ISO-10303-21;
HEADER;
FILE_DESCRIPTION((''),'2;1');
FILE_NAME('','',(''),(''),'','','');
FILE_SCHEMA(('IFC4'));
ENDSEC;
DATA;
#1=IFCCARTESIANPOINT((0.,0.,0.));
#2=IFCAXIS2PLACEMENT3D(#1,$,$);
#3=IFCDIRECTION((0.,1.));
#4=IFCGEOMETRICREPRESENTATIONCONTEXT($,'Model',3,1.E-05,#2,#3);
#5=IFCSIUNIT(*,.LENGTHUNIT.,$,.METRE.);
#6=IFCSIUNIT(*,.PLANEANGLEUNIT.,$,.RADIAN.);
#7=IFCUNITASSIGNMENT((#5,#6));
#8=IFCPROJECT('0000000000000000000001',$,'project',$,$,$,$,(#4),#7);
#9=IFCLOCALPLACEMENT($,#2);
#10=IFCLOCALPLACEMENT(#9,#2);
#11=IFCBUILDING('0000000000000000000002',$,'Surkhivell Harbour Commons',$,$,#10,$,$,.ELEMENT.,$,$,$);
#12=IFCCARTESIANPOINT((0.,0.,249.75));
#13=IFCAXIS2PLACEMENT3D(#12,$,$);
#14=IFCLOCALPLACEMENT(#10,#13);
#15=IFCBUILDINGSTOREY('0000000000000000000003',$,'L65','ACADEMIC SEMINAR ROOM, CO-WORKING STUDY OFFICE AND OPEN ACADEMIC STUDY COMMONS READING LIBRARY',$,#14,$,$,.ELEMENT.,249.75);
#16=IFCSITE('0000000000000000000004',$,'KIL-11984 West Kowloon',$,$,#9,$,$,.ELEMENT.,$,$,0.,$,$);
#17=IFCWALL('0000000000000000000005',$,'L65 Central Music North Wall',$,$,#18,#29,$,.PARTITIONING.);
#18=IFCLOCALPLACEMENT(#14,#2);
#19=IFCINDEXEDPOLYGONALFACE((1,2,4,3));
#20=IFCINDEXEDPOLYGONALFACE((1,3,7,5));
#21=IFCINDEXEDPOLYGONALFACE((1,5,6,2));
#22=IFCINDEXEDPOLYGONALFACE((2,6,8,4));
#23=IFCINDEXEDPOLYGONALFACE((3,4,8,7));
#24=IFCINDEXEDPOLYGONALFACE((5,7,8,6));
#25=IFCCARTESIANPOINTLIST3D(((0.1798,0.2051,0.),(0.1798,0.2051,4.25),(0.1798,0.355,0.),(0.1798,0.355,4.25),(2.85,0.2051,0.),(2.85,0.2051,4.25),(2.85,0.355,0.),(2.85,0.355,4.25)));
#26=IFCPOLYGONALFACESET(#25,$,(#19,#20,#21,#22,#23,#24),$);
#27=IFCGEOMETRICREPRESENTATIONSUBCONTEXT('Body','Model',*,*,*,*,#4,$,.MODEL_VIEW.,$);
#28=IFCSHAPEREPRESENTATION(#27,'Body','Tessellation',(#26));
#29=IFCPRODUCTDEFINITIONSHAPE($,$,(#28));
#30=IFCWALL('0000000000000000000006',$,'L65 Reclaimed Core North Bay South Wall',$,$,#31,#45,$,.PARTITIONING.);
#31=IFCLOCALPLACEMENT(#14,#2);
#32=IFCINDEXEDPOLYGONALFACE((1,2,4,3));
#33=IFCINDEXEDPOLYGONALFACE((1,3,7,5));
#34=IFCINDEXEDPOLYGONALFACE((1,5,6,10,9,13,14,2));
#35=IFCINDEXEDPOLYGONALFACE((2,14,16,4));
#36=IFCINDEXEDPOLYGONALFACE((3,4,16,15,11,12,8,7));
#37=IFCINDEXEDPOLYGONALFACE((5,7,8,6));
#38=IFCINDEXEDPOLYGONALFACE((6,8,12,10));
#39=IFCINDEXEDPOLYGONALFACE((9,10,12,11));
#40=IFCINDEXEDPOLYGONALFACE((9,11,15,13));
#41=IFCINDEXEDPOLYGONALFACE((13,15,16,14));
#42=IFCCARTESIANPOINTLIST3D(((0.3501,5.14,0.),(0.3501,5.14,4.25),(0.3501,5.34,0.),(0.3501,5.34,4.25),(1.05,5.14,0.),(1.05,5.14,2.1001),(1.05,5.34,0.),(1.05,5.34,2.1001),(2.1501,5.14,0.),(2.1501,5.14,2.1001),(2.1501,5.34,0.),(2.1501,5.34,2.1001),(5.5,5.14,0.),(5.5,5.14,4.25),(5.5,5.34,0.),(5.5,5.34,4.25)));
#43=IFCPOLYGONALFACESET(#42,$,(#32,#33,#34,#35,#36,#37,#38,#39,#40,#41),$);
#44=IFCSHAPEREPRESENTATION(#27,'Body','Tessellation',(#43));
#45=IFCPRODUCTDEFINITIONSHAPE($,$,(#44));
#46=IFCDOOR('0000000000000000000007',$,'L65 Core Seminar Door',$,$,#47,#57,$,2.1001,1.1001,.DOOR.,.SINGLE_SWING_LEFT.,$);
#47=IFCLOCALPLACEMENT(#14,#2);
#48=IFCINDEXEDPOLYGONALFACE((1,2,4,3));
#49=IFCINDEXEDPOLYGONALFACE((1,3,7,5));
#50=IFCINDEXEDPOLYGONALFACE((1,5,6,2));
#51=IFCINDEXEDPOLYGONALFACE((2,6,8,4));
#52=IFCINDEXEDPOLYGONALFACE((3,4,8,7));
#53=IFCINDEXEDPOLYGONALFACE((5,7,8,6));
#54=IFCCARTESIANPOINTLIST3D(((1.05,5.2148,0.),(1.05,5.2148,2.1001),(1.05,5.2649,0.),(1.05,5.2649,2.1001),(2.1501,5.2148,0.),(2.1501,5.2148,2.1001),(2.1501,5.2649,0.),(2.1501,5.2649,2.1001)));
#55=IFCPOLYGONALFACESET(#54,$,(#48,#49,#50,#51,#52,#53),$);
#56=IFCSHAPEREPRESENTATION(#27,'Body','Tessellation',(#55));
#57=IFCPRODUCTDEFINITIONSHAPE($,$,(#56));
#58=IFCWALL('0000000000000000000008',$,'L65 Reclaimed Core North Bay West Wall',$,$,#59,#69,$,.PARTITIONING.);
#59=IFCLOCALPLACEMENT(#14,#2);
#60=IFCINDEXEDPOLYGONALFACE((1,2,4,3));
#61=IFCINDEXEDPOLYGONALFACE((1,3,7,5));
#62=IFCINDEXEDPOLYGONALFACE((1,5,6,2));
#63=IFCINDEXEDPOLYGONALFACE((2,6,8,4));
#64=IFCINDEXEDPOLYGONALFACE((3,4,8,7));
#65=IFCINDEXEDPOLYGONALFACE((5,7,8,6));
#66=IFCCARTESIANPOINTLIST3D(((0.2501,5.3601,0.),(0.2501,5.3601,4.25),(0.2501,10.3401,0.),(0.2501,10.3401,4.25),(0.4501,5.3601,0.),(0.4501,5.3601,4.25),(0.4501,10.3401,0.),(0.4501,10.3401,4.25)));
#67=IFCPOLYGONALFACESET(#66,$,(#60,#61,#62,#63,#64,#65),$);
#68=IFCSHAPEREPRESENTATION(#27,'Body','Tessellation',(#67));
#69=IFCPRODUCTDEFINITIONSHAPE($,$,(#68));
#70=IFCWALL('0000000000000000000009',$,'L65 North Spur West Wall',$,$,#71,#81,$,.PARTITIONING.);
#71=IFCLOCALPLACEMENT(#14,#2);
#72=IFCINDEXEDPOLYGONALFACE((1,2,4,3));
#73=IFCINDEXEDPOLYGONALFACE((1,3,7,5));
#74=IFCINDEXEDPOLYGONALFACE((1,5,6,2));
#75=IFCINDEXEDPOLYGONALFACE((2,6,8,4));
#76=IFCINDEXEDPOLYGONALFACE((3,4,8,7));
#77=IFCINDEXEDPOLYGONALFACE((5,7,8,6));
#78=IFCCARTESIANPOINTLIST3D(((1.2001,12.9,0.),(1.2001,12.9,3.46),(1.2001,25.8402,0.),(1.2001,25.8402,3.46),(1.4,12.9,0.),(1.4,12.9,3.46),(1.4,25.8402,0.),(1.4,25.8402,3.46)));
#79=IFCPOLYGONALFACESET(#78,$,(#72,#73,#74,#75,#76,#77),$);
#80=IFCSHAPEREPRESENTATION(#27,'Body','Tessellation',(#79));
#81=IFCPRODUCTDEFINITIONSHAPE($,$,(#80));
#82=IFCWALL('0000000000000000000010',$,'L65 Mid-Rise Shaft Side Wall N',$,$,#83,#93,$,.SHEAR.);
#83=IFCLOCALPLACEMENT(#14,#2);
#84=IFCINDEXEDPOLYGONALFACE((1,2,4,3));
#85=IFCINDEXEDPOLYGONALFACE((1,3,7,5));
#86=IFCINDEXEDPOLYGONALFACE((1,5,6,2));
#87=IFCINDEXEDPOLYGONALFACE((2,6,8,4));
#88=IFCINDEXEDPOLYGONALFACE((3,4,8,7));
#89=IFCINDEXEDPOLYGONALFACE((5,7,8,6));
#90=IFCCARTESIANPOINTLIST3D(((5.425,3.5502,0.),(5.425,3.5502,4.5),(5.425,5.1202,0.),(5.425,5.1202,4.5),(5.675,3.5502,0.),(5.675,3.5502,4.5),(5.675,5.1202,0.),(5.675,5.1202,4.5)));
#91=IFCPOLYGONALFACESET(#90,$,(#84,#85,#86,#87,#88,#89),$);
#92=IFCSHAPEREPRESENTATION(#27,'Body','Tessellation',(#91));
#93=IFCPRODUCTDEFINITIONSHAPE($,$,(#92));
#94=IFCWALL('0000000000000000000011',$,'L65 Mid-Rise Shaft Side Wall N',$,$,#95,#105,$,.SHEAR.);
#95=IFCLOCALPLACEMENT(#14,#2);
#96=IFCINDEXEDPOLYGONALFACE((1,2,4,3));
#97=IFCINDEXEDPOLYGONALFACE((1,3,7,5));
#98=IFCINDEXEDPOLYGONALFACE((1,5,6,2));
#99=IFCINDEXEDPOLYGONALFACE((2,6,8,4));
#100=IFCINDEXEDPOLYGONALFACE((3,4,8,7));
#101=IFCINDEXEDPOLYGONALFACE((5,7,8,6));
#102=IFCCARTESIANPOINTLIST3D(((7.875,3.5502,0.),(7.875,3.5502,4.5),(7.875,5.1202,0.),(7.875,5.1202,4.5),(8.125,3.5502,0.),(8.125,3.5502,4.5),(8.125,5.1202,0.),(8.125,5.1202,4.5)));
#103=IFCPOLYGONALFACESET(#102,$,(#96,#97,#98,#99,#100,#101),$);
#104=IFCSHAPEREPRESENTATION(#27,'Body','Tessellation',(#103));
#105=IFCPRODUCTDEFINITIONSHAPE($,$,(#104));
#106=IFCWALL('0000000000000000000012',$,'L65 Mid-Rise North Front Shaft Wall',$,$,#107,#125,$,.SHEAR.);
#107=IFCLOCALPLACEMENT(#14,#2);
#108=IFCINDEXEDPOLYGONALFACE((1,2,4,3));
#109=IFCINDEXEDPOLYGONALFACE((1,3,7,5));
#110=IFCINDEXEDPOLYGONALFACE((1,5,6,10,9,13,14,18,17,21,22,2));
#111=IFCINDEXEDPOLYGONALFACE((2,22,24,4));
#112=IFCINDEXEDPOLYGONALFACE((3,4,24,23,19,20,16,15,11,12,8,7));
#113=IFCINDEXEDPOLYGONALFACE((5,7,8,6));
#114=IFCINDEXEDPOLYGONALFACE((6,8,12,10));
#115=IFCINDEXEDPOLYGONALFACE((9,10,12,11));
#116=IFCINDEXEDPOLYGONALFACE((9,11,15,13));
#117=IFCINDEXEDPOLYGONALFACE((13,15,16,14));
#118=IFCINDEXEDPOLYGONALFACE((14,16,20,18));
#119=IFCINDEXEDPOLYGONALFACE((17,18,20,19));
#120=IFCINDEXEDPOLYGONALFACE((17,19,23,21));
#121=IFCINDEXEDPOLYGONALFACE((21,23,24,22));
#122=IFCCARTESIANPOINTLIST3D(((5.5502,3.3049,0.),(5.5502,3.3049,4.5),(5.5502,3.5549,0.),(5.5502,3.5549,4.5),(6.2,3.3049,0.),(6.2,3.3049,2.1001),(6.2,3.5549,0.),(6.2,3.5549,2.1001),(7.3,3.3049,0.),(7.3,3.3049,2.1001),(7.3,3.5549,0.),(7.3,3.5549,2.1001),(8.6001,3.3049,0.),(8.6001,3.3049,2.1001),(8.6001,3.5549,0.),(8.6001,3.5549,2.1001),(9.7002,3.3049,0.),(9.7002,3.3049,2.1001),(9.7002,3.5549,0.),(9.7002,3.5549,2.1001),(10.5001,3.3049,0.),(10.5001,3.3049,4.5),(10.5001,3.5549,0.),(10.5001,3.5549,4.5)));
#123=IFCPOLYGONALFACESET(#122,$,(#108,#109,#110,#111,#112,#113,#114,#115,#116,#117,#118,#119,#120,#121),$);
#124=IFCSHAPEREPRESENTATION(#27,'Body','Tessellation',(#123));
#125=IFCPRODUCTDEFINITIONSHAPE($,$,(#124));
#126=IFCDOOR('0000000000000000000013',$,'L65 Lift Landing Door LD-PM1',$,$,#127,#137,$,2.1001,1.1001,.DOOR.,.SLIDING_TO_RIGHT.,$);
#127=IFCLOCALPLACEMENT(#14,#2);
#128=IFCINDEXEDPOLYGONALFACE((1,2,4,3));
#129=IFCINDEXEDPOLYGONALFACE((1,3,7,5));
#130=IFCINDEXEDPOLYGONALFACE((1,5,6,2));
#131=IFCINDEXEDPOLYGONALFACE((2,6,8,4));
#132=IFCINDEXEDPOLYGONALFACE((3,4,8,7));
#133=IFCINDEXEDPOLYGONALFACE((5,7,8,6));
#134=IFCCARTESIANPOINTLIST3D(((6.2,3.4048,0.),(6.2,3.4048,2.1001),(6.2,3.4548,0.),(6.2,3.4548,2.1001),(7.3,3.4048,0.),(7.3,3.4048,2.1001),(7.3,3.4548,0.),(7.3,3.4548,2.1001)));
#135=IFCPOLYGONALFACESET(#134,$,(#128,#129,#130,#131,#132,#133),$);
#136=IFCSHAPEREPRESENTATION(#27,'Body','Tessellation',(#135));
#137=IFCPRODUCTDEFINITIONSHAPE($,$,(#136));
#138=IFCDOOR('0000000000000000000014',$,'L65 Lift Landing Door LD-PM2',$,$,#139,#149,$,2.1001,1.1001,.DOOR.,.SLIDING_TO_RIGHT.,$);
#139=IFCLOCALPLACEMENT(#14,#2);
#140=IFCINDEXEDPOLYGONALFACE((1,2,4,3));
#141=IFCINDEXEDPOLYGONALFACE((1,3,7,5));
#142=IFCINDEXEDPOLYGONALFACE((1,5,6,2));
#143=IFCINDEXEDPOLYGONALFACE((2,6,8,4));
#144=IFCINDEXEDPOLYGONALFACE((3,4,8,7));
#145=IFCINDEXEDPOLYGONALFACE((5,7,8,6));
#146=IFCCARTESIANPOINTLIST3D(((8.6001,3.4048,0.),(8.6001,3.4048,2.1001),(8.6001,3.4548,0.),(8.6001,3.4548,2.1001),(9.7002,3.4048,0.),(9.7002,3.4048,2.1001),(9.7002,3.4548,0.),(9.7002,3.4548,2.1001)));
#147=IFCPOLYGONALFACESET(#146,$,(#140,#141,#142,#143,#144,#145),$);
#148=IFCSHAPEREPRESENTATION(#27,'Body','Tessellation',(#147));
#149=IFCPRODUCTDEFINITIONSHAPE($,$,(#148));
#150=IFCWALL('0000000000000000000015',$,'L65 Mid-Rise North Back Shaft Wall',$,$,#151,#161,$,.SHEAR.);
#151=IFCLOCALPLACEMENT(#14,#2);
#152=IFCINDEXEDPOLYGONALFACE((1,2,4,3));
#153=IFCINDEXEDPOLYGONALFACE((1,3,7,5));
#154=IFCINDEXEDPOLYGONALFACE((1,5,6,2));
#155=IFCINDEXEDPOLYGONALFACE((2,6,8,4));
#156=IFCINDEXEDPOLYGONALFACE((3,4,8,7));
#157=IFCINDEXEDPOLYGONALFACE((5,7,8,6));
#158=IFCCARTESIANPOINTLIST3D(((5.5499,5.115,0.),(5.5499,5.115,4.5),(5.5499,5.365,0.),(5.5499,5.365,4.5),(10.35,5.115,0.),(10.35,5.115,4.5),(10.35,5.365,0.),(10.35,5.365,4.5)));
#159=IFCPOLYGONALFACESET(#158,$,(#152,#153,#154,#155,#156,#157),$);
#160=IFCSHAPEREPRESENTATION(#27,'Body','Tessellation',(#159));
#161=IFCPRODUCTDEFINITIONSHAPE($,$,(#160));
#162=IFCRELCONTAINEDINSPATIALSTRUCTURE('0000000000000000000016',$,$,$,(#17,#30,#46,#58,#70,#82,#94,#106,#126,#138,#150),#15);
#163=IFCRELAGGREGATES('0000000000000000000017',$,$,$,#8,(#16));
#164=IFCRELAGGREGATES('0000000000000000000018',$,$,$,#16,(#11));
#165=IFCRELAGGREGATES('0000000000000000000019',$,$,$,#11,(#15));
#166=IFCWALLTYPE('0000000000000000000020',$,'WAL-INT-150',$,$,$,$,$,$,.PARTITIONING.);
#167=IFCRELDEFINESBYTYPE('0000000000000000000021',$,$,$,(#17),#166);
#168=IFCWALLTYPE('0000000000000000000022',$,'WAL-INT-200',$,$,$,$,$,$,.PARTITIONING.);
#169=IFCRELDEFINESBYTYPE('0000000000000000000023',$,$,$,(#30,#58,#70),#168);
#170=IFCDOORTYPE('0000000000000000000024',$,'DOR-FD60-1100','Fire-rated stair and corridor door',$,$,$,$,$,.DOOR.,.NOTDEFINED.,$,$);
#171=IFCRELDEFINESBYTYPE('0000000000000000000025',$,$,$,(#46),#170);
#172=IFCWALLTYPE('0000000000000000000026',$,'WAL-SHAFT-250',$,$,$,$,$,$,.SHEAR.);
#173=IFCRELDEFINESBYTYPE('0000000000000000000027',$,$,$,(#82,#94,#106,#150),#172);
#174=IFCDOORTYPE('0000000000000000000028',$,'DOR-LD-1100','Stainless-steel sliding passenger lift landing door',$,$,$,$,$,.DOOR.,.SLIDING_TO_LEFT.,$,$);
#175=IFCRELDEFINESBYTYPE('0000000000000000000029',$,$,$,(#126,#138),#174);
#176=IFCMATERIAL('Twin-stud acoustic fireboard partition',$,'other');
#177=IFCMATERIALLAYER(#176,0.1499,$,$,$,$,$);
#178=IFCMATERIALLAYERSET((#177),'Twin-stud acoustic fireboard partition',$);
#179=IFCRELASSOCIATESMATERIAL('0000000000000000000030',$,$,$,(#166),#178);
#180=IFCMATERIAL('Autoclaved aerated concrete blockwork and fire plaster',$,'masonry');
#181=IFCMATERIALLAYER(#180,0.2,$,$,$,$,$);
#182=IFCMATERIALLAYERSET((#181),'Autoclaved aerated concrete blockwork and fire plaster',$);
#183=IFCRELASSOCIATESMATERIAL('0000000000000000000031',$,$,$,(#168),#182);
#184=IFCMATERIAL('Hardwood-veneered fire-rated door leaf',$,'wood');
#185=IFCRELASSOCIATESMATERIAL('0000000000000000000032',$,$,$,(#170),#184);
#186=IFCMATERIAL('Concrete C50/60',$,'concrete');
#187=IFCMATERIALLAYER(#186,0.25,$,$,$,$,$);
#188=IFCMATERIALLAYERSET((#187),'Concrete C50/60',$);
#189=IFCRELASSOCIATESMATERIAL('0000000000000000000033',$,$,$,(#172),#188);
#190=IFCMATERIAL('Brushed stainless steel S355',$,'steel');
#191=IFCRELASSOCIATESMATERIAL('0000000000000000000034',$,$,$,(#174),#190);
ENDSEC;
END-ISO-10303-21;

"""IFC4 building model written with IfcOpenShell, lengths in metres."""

from ifc_helpers import new_model, si_unit, direction, frame, frame_2d, origin, place, context, subcontext, project, spatial, rectangle, extrude, material, layer, layer_set, type_object, element, fill, save


model = new_model("IFC4")

# Units and contexts
model_context = context("Model", 3, precision=1e-05, world=origin(), true_north=direction((0.0, 1.0)))
body_context = subcontext(model_context, "Body", "Model", "MODEL_VIEW")
ifc_project = project(units=[si_unit("LENGTHUNIT", "METRE"), si_unit("PLANEANGLEUNIT", "RADIAN")], contexts=[model_context])

# Site, building, storey
site_placement = place(None, origin())
site = spatial("IfcSite", under=ifc_project, at=site_placement, Name="KIL-11984 West Kowloon", CompositionType="ELEMENT", RefElevation=0.0)
building_placement = place(site_placement, origin())
building = spatial("IfcBuilding", under=site, at=building_placement, Name="Surkhivell Harbour Commons", CompositionType="ELEMENT")
storey_placement = place(building_placement, frame((0.0, 0.0, 249.75)))
storey = spatial("IfcBuildingStorey", under=building, at=storey_placement, Name="L65", Description="ACADEMIC SEMINAR ROOM, CO-WORKING STUDY OFFICE AND OPEN ACADEMIC STUDY COMMONS READING LIBRARY", CompositionType="ELEMENT", Elevation=249.75)

# Shared definitions
ifc_material_1 = material(Name="Twin-stud acoustic fireboard partition", Category="other")
ifc_layer_1 = layer(ifc_material_1, 0.1499)
ifc_layer_set_1 = layer_set([ifc_layer_1], Name="Twin-stud acoustic fireboard partition")
wall_type_1 = type_object("IfcWallType", Name="WAL-INT-150", PredefinedType="PARTITIONING", material=ifc_layer_set_1)
ifc_material_2 = material(Name="Hardwood-veneered fire-rated door leaf", Category="wood")

# Wall
wall_1_placement = place(storey_placement, frame((0.1799, 0.28, 0.0), z_axis=(0.0, 0.0, 1.0), x_axis=(1.0, 0.0, 0.0)))
element("IfcWall", 1, at=wall_1_placement, inside=storey, type_object=wall_type_1, Name="L65 Central Music North Wall", PredefinedType="PARTITIONING", context=body_context, shape_type="SweptSolid", body=[
    extrude(rectangle(XDim=2.6702, YDim=0.1499, at=frame_2d((1.335, 0.0))), origin(), (0.0, 0.0, 1.0), 4.25),
])

# Wall, opening, door
ifc_material_3 = material(Name="Autoclaved aerated concrete blockwork and fire plaster", Category="masonry")
ifc_layer_2 = layer(ifc_material_3, 0.2)
ifc_layer_set_2 = layer_set([ifc_layer_2], Name="Autoclaved aerated concrete blockwork and fire plaster")
wall_type_2 = type_object("IfcWallType", Name="WAL-INT-200", PredefinedType="PARTITIONING", material=ifc_layer_set_2)
wall_2_placement = place(storey_placement, frame((0.3501, 5.24, 0.0), z_axis=(0.0, 0.0, 1.0), x_axis=(1.0, 0.0, 0.0)))
wall_2 = element("IfcWall", 2, at=wall_2_placement, inside=storey, type_object=wall_type_2, Name="L65 Reclaimed Core North Bay South Wall", PredefinedType="PARTITIONING", context=body_context, shape_type="SweptSolid", body=[
    extrude(rectangle(XDim=5.1499, YDim=0.2, at=frame_2d((2.575, 0.0))), origin(), (0.0, 0.0, 1.0), 4.25),
])
opening_1_placement = place(wall_2_placement, frame((0.7, 0.0, 0.0)))
opening_1 = element("IfcOpeningElement", 3, at=opening_1_placement, cuts=wall_2, PredefinedType="OPENING", context=body_context, shape_type="SweptSolid", body=[
    extrude(rectangle(XDim=1.1001, YDim=2.1001, at=frame_2d((0.55, 1.05))), frame((0.0, 0.1099, 0.0), z_axis=(0.0, -1.0, 0.0), x_axis=(1.0, 0.0, 0.0)), (0.0, 0.0, 1.0), 0.22),
])
door_type_1 = type_object("IfcDoorType", Name="DOR-FD60-1100", Description="Fire-rated stair and corridor door", OperationType="NOTDEFINED", PredefinedType="DOOR", material=ifc_material_2)
door_1_placement = place(opening_1_placement, origin())
door_1 = element("IfcDoor", 4, at=door_1_placement, inside=storey, type_object=door_type_1, Name="L65 Core Seminar Door", OperationType="SINGLE_SWING_LEFT", OverallHeight=2.1001, OverallWidth=1.1001, PredefinedType="DOOR", context=body_context, shape_type="SweptSolid", body=[
    extrude(rectangle(XDim=1.1001, YDim=2.1001, at=frame_2d((0.55, 1.05))), frame((0.0, 0.0249, 0.0), z_axis=(0.0, -1.0, 0.0), x_axis=(1.0, 0.0, 0.0)), (0.0, 0.0, 1.0), 0.05),
])
fill(opening_1, door_1)

# Walls
wall_3_placement = place(storey_placement, frame((0.3501, 5.3601, 0.0), z_axis=(0.0, 0.0, 1.0), x_axis=(0.0, 1.0, 0.0)))
element("IfcWall", 5, at=wall_3_placement, inside=storey, type_object=wall_type_2, Name="L65 Reclaimed Core North Bay West Wall", PredefinedType="PARTITIONING", context=body_context, shape_type="SweptSolid", body=[
    extrude(rectangle(XDim=4.98, YDim=0.2, at=frame_2d((2.49, 0.0))), origin(), (0.0, 0.0, 1.0), 4.25),
])
wall_4_placement = place(storey_placement, frame((1.3, 12.8999, 0.0), z_axis=(0.0, 0.0, 1.0), x_axis=(0.0, 1.0, 0.0)))
element("IfcWall", 6, at=wall_4_placement, inside=storey, type_object=wall_type_2, Name="L65 North Spur West Wall", PredefinedType="PARTITIONING", context=body_context, shape_type="SweptSolid", body=[
    extrude(rectangle(XDim=12.9402, YDim=0.2, at=frame_2d((6.4702, 0.0))), origin(), (0.0, 0.0, 1.0), 3.46),
])
ifc_material_4 = material(Name="Concrete C50/60", Category="concrete")
ifc_layer_3 = layer(ifc_material_4, 0.25)
ifc_layer_set_3 = layer_set([ifc_layer_3], Name="Concrete C50/60")
wall_type_3 = type_object("IfcWallType", Name="WAL-SHAFT-250", PredefinedType="SHEAR", material=ifc_layer_set_3)
for number, where, z_axis, x_axis, name in (
    (7, (5.55, 3.55, 0.0), (0.0, 0.0, 1.0), (0.0, 1.0, 0.0), "L65 Mid-Rise Shaft Side Wall N"),
    (8, (8.0, 3.55, 0.0), (0.0, 0.0, 1.0), (0.0, 1.0, 0.0), "L65 Mid-Rise Shaft Side Wall N"),
):
    element("IfcWall", number, at=place(storey_placement, frame(where, z_axis=z_axis, x_axis=x_axis)), inside=storey, type_object=wall_type_3, Name=name, PredefinedType="SHEAR", context=body_context, shape_type="SweptSolid", body=[
        extrude(rectangle(XDim=1.5701, YDim=0.25, at=frame_2d((0.7852, 0.0))), origin(), (0.0, 0.0, 1.0), 4.5),
    ])

# Wall, openings, doors
wall_5_placement = place(storey_placement, frame((5.55, 3.4299, 0.0), z_axis=(0.0, 0.0, 1.0), x_axis=(1.0, 0.0, 0.0)))
wall_5 = element("IfcWall", 9, at=wall_5_placement, inside=storey, type_object=wall_type_3, Name="L65 Mid-Rise North Front Shaft Wall", PredefinedType="SHEAR", context=body_context, shape_type="SweptSolid", body=[
    extrude(rectangle(XDim=4.95, YDim=0.25, at=frame_2d((2.4751, 0.0))), origin(), (0.0, 0.0, 1.0), 4.5),
])
opening_2_placement = place(wall_5_placement, frame((0.6499, 0.0, 0.0)))
opening_2 = element("IfcOpeningElement", 10, at=opening_2_placement, cuts=wall_5, PredefinedType="OPENING", context=body_context, shape_type="SweptSolid", body=[
    extrude(rectangle(XDim=1.1001, YDim=2.1001, at=frame_2d((0.55, 1.05))), frame((0.0, 0.135, 0.0), z_axis=(0.0, -1.0, 0.0), x_axis=(1.0, 0.0, 0.0)), (0.0, 0.0, 1.0), 0.27),
])
opening_3_placement = place(wall_5_placement, frame((3.05, 0.0, 0.0)))
opening_3 = element("IfcOpeningElement", 11, at=opening_3_placement, cuts=wall_5, PredefinedType="OPENING", context=body_context, shape_type="SweptSolid", body=[
    extrude(rectangle(XDim=1.1001, YDim=2.1001, at=frame_2d((0.55, 1.05))), frame((0.0, 0.135, 0.0), z_axis=(0.0, -1.0, 0.0), x_axis=(1.0, 0.0, 0.0)), (0.0, 0.0, 1.0), 0.27),
])
ifc_material_5 = material(Name="Brushed stainless steel S355", Category="steel")
door_type_2 = type_object("IfcDoorType", Name="DOR-LD-1100", Description="Stainless-steel sliding passenger lift landing door", OperationType="SLIDING_TO_LEFT", PredefinedType="DOOR", material=ifc_material_5)
door_2_placement = place(opening_2_placement, origin())
door_2 = element("IfcDoor", 12, at=door_2_placement, inside=storey, type_object=door_type_2, Name="L65 Lift Landing Door LD-PM1", OperationType="SLIDING_TO_RIGHT", OverallHeight=2.1001, OverallWidth=1.1001, PredefinedType="DOOR", context=body_context, shape_type="SweptSolid", body=[
    extrude(rectangle(XDim=1.1001, YDim=2.1001, at=frame_2d((0.55, 1.05))), frame((0.0, 0.0249, 0.0), z_axis=(0.0, -1.0, 0.0), x_axis=(1.0, 0.0, 0.0)), (0.0, 0.0, 1.0), 0.05),
])
fill(opening_2, door_2)
door_3_placement = place(opening_3_placement, origin())
door_3 = element("IfcDoor", 13, at=door_3_placement, inside=storey, type_object=door_type_2, Name="L65 Lift Landing Door LD-PM2", OperationType="SLIDING_TO_RIGHT", OverallHeight=2.1001, OverallWidth=1.1001, PredefinedType="DOOR", context=body_context, shape_type="SweptSolid", body=[
    extrude(rectangle(XDim=1.1001, YDim=2.1001, at=frame_2d((0.55, 1.05))), frame((0.0, 0.0249, 0.0), z_axis=(0.0, -1.0, 0.0), x_axis=(1.0, 0.0, 0.0)), (0.0, 0.0, 1.0), 0.05),
])
fill(opening_3, door_3)

# Wall
wall_6_placement = place(storey_placement, frame((5.55, 5.24, 0.0), z_axis=(0.0, 0.0, 1.0), x_axis=(1.0, 0.0, 0.0)))
element("IfcWall", 14, at=wall_6_placement, inside=storey, type_object=wall_type_3, Name="L65 Mid-Rise North Back Shaft Wall", PredefinedType="SHEAR", context=body_context, shape_type="SweptSolid", body=[
    extrude(rectangle(XDim=4.8, YDim=0.25, at=frame_2d((2.3999, 0.0))), origin(), (0.0, 0.0, 1.0), 4.5),
])

save(model, "model.ifc")
